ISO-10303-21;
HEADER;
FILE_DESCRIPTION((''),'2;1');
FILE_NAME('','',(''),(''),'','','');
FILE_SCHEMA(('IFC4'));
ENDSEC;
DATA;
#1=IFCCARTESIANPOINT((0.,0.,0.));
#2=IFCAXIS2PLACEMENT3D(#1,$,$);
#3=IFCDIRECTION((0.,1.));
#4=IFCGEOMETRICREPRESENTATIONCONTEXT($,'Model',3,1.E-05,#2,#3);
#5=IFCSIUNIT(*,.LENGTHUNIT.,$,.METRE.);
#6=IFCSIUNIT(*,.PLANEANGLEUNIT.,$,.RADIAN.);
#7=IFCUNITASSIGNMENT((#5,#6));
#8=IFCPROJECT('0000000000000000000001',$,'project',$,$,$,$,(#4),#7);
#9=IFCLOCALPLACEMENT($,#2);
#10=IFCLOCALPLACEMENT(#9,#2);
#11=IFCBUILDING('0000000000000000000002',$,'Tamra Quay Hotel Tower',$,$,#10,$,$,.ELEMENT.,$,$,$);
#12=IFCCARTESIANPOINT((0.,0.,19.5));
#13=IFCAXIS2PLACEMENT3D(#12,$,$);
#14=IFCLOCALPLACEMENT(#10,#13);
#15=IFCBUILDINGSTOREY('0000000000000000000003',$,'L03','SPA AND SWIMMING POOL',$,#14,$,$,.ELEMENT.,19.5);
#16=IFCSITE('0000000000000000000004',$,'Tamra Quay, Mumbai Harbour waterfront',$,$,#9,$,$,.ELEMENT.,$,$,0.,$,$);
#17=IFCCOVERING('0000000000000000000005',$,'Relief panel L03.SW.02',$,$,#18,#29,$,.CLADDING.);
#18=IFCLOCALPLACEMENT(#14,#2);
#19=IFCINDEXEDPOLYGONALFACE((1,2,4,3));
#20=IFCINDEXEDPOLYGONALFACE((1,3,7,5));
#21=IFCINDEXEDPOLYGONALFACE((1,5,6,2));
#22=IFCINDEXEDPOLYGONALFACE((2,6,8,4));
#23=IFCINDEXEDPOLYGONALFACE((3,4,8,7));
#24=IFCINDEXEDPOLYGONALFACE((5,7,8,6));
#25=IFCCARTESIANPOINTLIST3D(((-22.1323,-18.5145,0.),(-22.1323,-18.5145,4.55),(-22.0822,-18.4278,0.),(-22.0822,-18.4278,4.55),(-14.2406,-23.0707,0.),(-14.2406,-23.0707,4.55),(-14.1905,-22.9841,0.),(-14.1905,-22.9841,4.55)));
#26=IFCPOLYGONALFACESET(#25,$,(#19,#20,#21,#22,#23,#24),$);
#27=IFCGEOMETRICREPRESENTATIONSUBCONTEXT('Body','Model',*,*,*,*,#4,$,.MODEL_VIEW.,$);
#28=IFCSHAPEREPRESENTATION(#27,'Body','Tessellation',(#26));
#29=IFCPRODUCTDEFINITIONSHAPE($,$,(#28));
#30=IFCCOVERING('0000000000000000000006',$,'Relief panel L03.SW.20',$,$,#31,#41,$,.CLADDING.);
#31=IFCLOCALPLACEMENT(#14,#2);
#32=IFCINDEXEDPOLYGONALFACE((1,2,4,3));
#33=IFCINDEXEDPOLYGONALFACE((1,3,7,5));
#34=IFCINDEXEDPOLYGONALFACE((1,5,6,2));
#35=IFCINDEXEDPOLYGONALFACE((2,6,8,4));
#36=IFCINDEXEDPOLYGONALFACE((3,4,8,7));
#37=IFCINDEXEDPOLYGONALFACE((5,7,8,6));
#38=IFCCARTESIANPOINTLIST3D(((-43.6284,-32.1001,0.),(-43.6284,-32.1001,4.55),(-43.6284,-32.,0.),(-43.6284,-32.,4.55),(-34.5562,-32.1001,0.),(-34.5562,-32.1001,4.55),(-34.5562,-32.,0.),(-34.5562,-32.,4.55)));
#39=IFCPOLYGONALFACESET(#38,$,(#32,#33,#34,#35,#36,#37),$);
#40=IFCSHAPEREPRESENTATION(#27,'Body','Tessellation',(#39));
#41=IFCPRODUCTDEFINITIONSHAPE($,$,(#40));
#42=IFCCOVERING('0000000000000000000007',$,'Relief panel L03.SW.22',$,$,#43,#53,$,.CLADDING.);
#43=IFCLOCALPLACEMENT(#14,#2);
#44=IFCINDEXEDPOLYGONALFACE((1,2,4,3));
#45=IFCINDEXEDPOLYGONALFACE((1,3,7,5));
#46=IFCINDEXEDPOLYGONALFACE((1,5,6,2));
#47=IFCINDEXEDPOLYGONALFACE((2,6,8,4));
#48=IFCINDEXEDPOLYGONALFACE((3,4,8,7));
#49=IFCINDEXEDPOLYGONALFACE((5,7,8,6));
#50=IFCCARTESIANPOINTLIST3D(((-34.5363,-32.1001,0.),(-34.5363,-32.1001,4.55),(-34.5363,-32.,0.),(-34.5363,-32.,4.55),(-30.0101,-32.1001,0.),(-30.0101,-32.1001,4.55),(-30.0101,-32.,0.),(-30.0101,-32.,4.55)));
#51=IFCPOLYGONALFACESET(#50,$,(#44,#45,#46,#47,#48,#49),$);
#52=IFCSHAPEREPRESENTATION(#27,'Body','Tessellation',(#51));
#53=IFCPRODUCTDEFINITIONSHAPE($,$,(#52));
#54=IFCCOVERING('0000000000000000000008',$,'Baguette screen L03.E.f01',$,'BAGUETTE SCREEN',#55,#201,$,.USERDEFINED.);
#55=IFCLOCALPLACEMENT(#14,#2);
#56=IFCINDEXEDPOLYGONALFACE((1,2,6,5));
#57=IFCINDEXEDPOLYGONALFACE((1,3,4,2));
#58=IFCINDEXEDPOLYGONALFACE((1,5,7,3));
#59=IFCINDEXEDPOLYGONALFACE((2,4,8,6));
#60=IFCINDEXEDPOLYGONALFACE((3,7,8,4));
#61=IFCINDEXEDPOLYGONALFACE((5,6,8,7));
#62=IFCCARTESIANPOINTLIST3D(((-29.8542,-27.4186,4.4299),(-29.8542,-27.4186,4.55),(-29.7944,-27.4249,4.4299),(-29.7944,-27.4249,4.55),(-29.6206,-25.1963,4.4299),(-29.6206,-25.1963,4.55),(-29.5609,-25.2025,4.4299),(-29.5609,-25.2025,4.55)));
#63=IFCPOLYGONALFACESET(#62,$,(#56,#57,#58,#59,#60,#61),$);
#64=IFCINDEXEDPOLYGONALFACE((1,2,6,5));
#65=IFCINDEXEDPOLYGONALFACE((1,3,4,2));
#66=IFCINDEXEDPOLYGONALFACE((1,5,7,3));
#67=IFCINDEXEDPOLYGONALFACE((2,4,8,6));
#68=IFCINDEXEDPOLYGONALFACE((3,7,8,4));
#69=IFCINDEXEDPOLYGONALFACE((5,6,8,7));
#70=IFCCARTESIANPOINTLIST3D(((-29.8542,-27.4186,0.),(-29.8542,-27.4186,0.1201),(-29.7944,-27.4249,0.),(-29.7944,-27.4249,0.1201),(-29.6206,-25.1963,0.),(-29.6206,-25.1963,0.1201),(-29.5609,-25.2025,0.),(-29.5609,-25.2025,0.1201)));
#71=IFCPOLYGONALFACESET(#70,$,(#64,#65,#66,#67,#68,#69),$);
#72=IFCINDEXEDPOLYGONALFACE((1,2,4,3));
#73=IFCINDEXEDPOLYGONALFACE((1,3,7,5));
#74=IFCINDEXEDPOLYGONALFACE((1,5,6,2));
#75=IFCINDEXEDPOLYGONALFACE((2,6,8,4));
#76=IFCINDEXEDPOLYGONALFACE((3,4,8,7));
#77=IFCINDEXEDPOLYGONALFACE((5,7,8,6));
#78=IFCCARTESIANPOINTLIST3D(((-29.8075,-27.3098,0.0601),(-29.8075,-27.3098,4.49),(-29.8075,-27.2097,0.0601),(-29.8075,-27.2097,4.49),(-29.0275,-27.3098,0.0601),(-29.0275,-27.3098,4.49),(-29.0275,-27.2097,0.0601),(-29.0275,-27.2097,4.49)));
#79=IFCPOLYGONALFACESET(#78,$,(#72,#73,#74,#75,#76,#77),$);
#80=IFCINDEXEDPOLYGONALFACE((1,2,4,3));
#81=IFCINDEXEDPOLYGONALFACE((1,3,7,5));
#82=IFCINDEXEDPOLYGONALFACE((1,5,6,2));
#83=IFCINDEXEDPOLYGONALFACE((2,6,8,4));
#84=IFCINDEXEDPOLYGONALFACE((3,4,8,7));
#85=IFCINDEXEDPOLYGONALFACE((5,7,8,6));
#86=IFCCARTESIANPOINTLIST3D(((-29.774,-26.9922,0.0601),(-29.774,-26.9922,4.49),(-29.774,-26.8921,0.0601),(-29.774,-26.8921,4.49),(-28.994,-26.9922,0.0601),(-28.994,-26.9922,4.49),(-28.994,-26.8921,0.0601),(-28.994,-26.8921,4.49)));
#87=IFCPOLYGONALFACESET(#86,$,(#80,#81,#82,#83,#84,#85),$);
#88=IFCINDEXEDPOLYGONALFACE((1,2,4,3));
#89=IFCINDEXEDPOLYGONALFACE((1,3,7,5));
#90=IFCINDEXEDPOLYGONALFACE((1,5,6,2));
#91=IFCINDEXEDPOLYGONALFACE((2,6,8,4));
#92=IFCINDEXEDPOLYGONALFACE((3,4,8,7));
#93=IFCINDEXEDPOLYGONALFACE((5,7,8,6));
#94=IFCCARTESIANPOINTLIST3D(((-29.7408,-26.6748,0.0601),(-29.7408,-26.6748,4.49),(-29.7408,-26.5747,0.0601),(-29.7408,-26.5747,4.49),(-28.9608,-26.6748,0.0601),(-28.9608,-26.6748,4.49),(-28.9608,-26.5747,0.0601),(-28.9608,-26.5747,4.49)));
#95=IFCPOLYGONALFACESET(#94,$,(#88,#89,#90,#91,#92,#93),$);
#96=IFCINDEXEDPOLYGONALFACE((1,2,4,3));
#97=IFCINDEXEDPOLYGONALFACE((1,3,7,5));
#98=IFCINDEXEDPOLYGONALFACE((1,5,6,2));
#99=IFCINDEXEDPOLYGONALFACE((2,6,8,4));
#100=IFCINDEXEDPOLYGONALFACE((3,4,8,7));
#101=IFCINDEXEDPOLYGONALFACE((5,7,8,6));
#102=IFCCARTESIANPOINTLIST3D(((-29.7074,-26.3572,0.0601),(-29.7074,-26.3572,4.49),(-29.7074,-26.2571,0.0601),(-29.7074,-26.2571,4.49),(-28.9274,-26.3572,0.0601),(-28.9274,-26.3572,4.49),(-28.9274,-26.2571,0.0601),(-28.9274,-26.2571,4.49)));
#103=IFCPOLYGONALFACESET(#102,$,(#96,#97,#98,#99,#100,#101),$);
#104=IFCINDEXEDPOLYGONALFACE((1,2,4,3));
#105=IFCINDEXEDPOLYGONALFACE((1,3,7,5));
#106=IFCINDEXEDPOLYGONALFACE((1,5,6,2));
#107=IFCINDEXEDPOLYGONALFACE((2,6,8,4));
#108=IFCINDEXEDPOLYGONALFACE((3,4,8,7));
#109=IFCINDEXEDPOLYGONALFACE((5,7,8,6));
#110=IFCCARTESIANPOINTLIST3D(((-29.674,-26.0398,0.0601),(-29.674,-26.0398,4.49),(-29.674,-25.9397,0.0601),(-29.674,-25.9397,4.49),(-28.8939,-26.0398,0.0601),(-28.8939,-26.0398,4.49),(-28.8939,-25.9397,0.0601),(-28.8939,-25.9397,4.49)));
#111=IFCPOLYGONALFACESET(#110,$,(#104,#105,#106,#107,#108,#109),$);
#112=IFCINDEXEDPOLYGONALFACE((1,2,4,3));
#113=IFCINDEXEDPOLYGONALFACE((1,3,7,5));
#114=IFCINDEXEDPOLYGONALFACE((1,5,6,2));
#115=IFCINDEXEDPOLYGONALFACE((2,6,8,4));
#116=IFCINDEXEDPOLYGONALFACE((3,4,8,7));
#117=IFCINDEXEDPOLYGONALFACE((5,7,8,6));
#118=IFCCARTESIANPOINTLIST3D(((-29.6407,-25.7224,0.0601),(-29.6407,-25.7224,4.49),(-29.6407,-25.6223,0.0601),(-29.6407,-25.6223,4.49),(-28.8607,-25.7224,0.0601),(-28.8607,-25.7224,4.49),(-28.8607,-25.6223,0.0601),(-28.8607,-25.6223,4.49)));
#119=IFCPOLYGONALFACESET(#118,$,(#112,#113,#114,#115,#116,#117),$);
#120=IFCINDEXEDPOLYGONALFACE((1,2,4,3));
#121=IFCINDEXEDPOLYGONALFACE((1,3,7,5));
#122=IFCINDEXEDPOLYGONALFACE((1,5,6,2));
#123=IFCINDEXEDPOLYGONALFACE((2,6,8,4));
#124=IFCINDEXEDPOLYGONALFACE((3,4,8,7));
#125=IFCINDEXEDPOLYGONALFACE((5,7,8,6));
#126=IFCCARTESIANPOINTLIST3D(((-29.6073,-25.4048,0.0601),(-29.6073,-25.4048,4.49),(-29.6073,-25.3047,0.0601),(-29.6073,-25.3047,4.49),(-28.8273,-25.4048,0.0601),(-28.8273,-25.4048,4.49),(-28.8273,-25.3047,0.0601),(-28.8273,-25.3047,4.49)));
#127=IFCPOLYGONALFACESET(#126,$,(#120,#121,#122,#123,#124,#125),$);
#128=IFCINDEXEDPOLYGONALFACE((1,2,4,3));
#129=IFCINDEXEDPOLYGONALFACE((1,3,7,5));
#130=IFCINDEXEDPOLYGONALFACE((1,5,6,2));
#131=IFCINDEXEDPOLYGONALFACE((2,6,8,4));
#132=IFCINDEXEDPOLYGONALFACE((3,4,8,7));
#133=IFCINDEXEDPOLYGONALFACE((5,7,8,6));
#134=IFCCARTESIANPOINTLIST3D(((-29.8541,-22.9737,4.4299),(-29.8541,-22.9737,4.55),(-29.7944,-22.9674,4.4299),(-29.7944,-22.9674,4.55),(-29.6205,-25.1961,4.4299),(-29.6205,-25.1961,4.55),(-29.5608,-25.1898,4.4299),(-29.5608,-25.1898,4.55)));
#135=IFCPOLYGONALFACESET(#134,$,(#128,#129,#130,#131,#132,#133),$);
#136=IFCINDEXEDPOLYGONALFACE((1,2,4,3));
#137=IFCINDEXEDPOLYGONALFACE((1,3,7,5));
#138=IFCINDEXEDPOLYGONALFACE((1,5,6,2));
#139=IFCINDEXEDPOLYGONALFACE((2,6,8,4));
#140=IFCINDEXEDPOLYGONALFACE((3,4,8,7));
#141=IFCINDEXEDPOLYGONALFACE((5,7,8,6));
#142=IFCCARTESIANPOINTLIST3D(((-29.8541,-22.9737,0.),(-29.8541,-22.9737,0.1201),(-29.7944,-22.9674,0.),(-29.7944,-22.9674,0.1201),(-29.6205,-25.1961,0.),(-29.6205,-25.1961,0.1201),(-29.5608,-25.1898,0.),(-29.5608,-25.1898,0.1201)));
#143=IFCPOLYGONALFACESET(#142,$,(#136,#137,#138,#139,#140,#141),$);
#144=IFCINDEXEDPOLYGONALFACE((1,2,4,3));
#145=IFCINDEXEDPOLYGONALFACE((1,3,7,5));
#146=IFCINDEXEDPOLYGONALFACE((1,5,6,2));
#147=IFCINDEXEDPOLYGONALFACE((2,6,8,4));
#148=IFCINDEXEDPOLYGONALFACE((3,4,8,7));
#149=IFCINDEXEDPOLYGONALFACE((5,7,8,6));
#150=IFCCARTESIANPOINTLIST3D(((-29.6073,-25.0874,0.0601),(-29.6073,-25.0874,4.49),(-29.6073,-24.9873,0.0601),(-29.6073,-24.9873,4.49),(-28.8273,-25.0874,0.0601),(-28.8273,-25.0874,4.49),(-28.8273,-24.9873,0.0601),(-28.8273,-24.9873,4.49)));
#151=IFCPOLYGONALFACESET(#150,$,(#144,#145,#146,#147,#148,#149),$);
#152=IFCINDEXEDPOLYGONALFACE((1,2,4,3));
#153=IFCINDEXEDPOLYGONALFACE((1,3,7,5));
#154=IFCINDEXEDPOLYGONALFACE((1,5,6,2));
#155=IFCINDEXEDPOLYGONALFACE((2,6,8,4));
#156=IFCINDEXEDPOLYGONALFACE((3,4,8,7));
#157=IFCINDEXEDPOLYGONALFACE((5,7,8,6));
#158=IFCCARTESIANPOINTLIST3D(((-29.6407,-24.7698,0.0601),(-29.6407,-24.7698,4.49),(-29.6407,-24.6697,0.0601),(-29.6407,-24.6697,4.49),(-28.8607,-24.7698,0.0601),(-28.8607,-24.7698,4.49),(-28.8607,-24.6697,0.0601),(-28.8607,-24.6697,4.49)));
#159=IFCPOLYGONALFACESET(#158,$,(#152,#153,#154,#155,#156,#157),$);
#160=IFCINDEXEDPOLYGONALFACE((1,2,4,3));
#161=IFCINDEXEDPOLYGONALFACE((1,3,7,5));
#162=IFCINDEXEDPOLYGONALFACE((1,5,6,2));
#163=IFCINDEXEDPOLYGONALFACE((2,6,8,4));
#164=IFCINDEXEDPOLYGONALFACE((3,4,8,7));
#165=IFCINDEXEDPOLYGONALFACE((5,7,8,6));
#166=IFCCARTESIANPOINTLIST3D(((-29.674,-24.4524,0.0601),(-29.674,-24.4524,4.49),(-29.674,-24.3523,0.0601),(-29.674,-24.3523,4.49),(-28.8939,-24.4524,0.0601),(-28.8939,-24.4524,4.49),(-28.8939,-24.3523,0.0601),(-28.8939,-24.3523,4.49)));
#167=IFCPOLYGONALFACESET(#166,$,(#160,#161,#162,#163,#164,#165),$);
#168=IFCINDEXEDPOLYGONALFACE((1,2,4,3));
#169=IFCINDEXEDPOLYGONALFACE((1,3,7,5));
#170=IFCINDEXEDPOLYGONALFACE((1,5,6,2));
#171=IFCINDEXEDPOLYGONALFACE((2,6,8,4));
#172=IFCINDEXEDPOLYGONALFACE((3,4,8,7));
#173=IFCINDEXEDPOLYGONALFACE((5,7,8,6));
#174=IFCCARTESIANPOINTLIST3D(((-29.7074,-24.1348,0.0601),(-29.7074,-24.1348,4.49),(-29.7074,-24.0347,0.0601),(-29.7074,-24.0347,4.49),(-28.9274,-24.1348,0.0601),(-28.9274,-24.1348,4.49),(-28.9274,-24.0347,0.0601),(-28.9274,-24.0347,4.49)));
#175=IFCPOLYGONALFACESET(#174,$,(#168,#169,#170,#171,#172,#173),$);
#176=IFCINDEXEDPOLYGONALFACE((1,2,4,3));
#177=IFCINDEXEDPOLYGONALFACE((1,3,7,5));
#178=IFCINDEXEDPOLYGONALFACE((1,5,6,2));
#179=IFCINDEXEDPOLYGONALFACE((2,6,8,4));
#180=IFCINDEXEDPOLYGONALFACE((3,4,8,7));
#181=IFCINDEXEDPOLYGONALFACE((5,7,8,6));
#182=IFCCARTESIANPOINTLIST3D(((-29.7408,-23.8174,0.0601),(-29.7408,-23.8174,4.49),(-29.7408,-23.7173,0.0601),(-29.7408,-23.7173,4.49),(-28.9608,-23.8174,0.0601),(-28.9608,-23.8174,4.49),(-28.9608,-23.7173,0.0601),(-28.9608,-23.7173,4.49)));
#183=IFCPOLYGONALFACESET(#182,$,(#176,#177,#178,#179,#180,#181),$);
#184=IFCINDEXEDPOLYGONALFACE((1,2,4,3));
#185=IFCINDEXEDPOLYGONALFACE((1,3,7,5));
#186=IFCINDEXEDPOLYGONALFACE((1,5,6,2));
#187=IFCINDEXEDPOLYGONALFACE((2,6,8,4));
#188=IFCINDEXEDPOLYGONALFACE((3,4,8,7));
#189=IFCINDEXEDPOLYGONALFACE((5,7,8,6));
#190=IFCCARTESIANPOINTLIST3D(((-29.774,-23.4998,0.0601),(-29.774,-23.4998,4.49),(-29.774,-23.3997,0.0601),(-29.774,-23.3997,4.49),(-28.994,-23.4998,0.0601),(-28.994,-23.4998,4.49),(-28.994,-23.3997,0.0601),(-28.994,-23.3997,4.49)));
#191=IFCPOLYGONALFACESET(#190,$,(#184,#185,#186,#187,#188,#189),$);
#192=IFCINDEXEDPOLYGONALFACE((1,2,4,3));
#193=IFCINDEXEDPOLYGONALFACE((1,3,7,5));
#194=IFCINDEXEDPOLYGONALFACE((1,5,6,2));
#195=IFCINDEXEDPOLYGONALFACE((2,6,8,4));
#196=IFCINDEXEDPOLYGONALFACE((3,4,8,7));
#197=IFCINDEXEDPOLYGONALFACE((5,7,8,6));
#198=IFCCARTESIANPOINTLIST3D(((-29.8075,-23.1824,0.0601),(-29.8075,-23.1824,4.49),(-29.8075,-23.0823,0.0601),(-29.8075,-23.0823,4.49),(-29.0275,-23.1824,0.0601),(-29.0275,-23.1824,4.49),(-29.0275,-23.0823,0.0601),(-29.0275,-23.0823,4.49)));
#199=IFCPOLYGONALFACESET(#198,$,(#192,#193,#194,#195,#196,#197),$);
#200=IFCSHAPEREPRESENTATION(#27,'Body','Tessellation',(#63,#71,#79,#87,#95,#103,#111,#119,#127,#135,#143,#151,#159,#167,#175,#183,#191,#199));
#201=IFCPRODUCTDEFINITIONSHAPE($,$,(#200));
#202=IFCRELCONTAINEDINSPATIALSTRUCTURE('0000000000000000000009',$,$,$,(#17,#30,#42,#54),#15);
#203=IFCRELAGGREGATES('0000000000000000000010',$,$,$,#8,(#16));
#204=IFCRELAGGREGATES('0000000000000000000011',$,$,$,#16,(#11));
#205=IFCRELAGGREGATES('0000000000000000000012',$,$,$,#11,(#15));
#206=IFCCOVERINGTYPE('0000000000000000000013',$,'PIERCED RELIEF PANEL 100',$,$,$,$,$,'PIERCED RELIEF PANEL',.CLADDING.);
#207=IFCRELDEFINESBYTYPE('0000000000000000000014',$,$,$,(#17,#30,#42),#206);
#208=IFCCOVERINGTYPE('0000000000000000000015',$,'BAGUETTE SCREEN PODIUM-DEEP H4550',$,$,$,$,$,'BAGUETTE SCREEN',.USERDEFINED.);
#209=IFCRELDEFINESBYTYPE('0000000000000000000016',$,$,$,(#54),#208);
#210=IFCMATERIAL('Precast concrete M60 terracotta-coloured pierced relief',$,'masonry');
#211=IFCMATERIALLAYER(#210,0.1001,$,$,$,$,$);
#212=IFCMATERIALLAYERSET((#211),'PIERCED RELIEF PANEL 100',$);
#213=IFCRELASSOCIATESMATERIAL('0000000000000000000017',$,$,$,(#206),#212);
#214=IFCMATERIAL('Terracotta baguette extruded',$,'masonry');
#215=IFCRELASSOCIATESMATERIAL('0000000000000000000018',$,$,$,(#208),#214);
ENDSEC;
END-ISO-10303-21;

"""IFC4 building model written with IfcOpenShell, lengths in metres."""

from ifc_helpers import new_model, si_unit, direction, frame, frame_2d, origin, origin_2d, place, context, subcontext, project, spatial, rectangle, extrude, source, transform, mapped, material, layer, layer_set, type_object, element, save


model = new_model("IFC4")

# Units and contexts
model_context = context("Model", 3, precision=1e-05, world=origin(), true_north=direction((0.0, 1.0)))
body_context = subcontext(model_context, "Body", "Model", "MODEL_VIEW")
ifc_project = project(units=[si_unit("LENGTHUNIT", "METRE"), si_unit("PLANEANGLEUNIT", "RADIAN")], contexts=[model_context])

# Site, building, storey
site_placement = place(None, origin())
site = spatial("IfcSite", under=ifc_project, at=site_placement, Name="Tamra Quay, Mumbai Harbour waterfront", CompositionType="ELEMENT", RefElevation=0.0)
building_placement = place(site_placement, origin())
building = spatial("IfcBuilding", under=site, at=building_placement, Name="Tamra Quay Hotel Tower", CompositionType="ELEMENT")
storey_placement = place(building_placement, frame((0.0, 0.0, 19.5)))
storey = spatial("IfcBuildingStorey", under=building, at=storey_placement, Name="L03", Description="SPA AND SWIMMING POOL", CompositionType="ELEMENT", Elevation=19.5)

# Coverings
ifc_material_1 = material(Name="Precast concrete M60 terracotta-coloured pierced relief", Category="masonry")
ifc_layer_1 = layer(ifc_material_1, 0.1001)
ifc_layer_set_1 = layer_set([ifc_layer_1], Name="PIERCED RELIEF PANEL 100")
covering_type_1 = type_object("IfcCoveringType", Name="PIERCED RELIEF PANEL 100", ElementType="PIERCED RELIEF PANEL", PredefinedType="CLADDING", material=ifc_layer_set_1)
for number, where, z_axis, x_axis, name in (
    (1, (-18.1614, -20.7493, 0.0), (0.0, 0.0, 1.0), (0.866025, -0.5, 0.0), "Relief panel L03.SW.02"),
):
    element("IfcCovering", number, at=place(storey_placement, frame(where, z_axis=z_axis, x_axis=x_axis)), inside=storey, type_object=covering_type_1, Name=name, PredefinedType="CLADDING", context=body_context, shape_type="SweptSolid", body=[
        extrude(rectangle(XDim=9.1125, YDim=0.1001, at=origin_2d()), origin(), (0.0, 0.0, 1.0), 4.55),
    ])
covering_1_placement = place(storey_placement, frame((-39.0923, -32.05, 0.0), z_axis=(0.0, 0.0, 1.0), x_axis=(1.0, 0.0, 0.0)))
element("IfcCovering", 2, at=covering_1_placement, inside=storey, type_object=covering_type_1, Name="Relief panel L03.SW.20", PredefinedType="CLADDING", context=body_context, shape_type="SweptSolid", body=[
    extrude(rectangle(XDim=9.0723, YDim=0.1001, at=origin_2d()), origin(), (0.0, 0.0, 1.0), 4.55),
])
covering_2_placement = place(storey_placement, frame((-32.2732, -32.05, 0.0), z_axis=(0.0, 0.0, 1.0), x_axis=(1.0, 0.0, 0.0)))
element("IfcCovering", 3, at=covering_2_placement, inside=storey, type_object=covering_type_1, Name="Relief panel L03.SW.22", PredefinedType="CLADDING", context=body_context, shape_type="SweptSolid", body=[
    extrude(rectangle(XDim=4.5261, YDim=0.1001, at=origin_2d()), origin(), (0.0, 0.0, 1.0), 4.55),
])
ifc_material_2 = material(Name="Terracotta baguette extruded", Category="masonry")
covering_type_2 = type_object("IfcCoveringType", Name="BAGUETTE SCREEN PODIUM-DEEP H4550", ElementType="BAGUETTE SCREEN", PredefinedType="USERDEFINED", material=ifc_material_2)
shared_shape_1 = source(origin(), body_context, "Body", "SweptSolid", [
    extrude(rectangle(XDim=2.2346, YDim=0.0601, at=frame_2d((1.1172, 0.03))), frame((-2.2288, -0.0576, -0.1201), z_axis=(0.0, 0.0, 1.0), x_axis=(0.994522, -0.104528, 0.0)), (0.0, 0.0, 1.0), 0.1201),
    extrude(rectangle(XDim=2.2346, YDim=0.0601, at=frame_2d((1.1172, 0.03))), frame((-2.2288, -0.0576, -4.55), z_axis=(0.0, 0.0, 1.0), x_axis=(0.994522, -0.104528, 0.0)), (0.0, 0.0, 1.0), 0.1201),
    extrude(rectangle(XDim=0.1001, YDim=0.78, at=frame_2d((0.05, 0.3901))), frame((-2.1138, -0.8247, -4.49)), (0.0, 0.0, 1.0), 4.4299),
    extrude(rectangle(XDim=0.1001, YDim=0.78, at=frame_2d((0.05, 0.3901))), frame((-1.7961, -0.8582, -4.49)), (0.0, 0.0, 1.0), 4.4299),
    extrude(rectangle(XDim=0.1001, YDim=0.78, at=frame_2d((0.05, 0.3901))), frame((-1.4788, -0.8914, -4.49)), (0.0, 0.0, 1.0), 4.4299),
    extrude(rectangle(XDim=0.1001, YDim=0.78, at=frame_2d((0.05, 0.3901))), frame((-1.1611, -0.9248, -4.49)), (0.0, 0.0, 1.0), 4.4299),
    extrude(rectangle(XDim=0.1001, YDim=0.78, at=frame_2d((0.05, 0.3901))), frame((-0.8438, -0.9583, -4.49)), (0.0, 0.0, 1.0), 4.4299),
    extrude(rectangle(XDim=0.1001, YDim=0.78, at=frame_2d((0.05, 0.3901))), frame((-0.5264, -0.9915, -4.49)), (0.0, 0.0, 1.0), 4.4299),
    extrude(rectangle(XDim=0.1001, YDim=0.78, at=frame_2d((0.05, 0.3901))), frame((-0.2087, -1.0249, -4.49)), (0.0, 0.0, 1.0), 4.4299),
    extrude(rectangle(XDim=2.2346, YDim=0.0601, at=frame_2d((1.1172, 0.03))), frame((0.0063, -0.2913, -0.1201), z_axis=(0.0, 0.0, 1.0), x_axis=(0.994522, 0.104528, 0.0)), (0.0, 0.0, 1.0), 0.1201),
    extrude(rectangle(XDim=2.2346, YDim=0.0601, at=frame_2d((1.1172, 0.03))), frame((0.0063, -0.2913, -4.55), z_axis=(0.0, 0.0, 1.0), x_axis=(0.994522, 0.104528, 0.0)), (0.0, 0.0, 1.0), 0.1201),
    extrude(rectangle(XDim=0.1001, YDim=0.78, at=frame_2d((0.05, 0.3901))), frame((0.1086, -1.0249, -4.49)), (0.0, 0.0, 1.0), 4.4299),
    extrude(rectangle(XDim=0.1001, YDim=0.78, at=frame_2d((0.05, 0.3901))), frame((0.4263, -0.9915, -4.49)), (0.0, 0.0, 1.0), 4.4299),
    extrude(rectangle(XDim=0.1001, YDim=0.78, at=frame_2d((0.05, 0.3901))), frame((0.7437, -0.9583, -4.49)), (0.0, 0.0, 1.0), 4.4299),
    extrude(rectangle(XDim=0.1001, YDim=0.78, at=frame_2d((0.05, 0.3901))), frame((1.0613, -0.9248, -4.49)), (0.0, 0.0, 1.0), 4.4299),
    extrude(rectangle(XDim=0.1001, YDim=0.78, at=frame_2d((0.05, 0.3901))), frame((1.3787, -0.8914, -4.49)), (0.0, 0.0, 1.0), 4.4299),
    extrude(rectangle(XDim=0.1001, YDim=0.78, at=frame_2d((0.05, 0.3901))), frame((1.6963, -0.8582, -4.49)), (0.0, 0.0, 1.0), 4.4299),
    extrude(rectangle(XDim=0.1001, YDim=0.78, at=frame_2d((0.05, 0.3901))), frame((2.0137, -0.8247, -4.49)), (0.0, 0.0, 1.0), 4.4299),
])
covering_3_placement = place(storey_placement, frame((-29.8521, -25.196, 4.55), z_axis=(0.0, 0.0, 1.0), x_axis=(0.0, 1.0, 0.0)))
element("IfcCovering", 4, at=covering_3_placement, inside=storey, type_object=covering_type_2, Name="Baguette screen L03.E.f01", ObjectType="BAGUETTE SCREEN", PredefinedType="USERDEFINED", context=body_context, shape_type="MappedRepresentation", body=[
    mapped(shared_shape_1, transform((0.0, 0.0, 0.0), scale=1.0)),
])

save(model, "model.ifc")
